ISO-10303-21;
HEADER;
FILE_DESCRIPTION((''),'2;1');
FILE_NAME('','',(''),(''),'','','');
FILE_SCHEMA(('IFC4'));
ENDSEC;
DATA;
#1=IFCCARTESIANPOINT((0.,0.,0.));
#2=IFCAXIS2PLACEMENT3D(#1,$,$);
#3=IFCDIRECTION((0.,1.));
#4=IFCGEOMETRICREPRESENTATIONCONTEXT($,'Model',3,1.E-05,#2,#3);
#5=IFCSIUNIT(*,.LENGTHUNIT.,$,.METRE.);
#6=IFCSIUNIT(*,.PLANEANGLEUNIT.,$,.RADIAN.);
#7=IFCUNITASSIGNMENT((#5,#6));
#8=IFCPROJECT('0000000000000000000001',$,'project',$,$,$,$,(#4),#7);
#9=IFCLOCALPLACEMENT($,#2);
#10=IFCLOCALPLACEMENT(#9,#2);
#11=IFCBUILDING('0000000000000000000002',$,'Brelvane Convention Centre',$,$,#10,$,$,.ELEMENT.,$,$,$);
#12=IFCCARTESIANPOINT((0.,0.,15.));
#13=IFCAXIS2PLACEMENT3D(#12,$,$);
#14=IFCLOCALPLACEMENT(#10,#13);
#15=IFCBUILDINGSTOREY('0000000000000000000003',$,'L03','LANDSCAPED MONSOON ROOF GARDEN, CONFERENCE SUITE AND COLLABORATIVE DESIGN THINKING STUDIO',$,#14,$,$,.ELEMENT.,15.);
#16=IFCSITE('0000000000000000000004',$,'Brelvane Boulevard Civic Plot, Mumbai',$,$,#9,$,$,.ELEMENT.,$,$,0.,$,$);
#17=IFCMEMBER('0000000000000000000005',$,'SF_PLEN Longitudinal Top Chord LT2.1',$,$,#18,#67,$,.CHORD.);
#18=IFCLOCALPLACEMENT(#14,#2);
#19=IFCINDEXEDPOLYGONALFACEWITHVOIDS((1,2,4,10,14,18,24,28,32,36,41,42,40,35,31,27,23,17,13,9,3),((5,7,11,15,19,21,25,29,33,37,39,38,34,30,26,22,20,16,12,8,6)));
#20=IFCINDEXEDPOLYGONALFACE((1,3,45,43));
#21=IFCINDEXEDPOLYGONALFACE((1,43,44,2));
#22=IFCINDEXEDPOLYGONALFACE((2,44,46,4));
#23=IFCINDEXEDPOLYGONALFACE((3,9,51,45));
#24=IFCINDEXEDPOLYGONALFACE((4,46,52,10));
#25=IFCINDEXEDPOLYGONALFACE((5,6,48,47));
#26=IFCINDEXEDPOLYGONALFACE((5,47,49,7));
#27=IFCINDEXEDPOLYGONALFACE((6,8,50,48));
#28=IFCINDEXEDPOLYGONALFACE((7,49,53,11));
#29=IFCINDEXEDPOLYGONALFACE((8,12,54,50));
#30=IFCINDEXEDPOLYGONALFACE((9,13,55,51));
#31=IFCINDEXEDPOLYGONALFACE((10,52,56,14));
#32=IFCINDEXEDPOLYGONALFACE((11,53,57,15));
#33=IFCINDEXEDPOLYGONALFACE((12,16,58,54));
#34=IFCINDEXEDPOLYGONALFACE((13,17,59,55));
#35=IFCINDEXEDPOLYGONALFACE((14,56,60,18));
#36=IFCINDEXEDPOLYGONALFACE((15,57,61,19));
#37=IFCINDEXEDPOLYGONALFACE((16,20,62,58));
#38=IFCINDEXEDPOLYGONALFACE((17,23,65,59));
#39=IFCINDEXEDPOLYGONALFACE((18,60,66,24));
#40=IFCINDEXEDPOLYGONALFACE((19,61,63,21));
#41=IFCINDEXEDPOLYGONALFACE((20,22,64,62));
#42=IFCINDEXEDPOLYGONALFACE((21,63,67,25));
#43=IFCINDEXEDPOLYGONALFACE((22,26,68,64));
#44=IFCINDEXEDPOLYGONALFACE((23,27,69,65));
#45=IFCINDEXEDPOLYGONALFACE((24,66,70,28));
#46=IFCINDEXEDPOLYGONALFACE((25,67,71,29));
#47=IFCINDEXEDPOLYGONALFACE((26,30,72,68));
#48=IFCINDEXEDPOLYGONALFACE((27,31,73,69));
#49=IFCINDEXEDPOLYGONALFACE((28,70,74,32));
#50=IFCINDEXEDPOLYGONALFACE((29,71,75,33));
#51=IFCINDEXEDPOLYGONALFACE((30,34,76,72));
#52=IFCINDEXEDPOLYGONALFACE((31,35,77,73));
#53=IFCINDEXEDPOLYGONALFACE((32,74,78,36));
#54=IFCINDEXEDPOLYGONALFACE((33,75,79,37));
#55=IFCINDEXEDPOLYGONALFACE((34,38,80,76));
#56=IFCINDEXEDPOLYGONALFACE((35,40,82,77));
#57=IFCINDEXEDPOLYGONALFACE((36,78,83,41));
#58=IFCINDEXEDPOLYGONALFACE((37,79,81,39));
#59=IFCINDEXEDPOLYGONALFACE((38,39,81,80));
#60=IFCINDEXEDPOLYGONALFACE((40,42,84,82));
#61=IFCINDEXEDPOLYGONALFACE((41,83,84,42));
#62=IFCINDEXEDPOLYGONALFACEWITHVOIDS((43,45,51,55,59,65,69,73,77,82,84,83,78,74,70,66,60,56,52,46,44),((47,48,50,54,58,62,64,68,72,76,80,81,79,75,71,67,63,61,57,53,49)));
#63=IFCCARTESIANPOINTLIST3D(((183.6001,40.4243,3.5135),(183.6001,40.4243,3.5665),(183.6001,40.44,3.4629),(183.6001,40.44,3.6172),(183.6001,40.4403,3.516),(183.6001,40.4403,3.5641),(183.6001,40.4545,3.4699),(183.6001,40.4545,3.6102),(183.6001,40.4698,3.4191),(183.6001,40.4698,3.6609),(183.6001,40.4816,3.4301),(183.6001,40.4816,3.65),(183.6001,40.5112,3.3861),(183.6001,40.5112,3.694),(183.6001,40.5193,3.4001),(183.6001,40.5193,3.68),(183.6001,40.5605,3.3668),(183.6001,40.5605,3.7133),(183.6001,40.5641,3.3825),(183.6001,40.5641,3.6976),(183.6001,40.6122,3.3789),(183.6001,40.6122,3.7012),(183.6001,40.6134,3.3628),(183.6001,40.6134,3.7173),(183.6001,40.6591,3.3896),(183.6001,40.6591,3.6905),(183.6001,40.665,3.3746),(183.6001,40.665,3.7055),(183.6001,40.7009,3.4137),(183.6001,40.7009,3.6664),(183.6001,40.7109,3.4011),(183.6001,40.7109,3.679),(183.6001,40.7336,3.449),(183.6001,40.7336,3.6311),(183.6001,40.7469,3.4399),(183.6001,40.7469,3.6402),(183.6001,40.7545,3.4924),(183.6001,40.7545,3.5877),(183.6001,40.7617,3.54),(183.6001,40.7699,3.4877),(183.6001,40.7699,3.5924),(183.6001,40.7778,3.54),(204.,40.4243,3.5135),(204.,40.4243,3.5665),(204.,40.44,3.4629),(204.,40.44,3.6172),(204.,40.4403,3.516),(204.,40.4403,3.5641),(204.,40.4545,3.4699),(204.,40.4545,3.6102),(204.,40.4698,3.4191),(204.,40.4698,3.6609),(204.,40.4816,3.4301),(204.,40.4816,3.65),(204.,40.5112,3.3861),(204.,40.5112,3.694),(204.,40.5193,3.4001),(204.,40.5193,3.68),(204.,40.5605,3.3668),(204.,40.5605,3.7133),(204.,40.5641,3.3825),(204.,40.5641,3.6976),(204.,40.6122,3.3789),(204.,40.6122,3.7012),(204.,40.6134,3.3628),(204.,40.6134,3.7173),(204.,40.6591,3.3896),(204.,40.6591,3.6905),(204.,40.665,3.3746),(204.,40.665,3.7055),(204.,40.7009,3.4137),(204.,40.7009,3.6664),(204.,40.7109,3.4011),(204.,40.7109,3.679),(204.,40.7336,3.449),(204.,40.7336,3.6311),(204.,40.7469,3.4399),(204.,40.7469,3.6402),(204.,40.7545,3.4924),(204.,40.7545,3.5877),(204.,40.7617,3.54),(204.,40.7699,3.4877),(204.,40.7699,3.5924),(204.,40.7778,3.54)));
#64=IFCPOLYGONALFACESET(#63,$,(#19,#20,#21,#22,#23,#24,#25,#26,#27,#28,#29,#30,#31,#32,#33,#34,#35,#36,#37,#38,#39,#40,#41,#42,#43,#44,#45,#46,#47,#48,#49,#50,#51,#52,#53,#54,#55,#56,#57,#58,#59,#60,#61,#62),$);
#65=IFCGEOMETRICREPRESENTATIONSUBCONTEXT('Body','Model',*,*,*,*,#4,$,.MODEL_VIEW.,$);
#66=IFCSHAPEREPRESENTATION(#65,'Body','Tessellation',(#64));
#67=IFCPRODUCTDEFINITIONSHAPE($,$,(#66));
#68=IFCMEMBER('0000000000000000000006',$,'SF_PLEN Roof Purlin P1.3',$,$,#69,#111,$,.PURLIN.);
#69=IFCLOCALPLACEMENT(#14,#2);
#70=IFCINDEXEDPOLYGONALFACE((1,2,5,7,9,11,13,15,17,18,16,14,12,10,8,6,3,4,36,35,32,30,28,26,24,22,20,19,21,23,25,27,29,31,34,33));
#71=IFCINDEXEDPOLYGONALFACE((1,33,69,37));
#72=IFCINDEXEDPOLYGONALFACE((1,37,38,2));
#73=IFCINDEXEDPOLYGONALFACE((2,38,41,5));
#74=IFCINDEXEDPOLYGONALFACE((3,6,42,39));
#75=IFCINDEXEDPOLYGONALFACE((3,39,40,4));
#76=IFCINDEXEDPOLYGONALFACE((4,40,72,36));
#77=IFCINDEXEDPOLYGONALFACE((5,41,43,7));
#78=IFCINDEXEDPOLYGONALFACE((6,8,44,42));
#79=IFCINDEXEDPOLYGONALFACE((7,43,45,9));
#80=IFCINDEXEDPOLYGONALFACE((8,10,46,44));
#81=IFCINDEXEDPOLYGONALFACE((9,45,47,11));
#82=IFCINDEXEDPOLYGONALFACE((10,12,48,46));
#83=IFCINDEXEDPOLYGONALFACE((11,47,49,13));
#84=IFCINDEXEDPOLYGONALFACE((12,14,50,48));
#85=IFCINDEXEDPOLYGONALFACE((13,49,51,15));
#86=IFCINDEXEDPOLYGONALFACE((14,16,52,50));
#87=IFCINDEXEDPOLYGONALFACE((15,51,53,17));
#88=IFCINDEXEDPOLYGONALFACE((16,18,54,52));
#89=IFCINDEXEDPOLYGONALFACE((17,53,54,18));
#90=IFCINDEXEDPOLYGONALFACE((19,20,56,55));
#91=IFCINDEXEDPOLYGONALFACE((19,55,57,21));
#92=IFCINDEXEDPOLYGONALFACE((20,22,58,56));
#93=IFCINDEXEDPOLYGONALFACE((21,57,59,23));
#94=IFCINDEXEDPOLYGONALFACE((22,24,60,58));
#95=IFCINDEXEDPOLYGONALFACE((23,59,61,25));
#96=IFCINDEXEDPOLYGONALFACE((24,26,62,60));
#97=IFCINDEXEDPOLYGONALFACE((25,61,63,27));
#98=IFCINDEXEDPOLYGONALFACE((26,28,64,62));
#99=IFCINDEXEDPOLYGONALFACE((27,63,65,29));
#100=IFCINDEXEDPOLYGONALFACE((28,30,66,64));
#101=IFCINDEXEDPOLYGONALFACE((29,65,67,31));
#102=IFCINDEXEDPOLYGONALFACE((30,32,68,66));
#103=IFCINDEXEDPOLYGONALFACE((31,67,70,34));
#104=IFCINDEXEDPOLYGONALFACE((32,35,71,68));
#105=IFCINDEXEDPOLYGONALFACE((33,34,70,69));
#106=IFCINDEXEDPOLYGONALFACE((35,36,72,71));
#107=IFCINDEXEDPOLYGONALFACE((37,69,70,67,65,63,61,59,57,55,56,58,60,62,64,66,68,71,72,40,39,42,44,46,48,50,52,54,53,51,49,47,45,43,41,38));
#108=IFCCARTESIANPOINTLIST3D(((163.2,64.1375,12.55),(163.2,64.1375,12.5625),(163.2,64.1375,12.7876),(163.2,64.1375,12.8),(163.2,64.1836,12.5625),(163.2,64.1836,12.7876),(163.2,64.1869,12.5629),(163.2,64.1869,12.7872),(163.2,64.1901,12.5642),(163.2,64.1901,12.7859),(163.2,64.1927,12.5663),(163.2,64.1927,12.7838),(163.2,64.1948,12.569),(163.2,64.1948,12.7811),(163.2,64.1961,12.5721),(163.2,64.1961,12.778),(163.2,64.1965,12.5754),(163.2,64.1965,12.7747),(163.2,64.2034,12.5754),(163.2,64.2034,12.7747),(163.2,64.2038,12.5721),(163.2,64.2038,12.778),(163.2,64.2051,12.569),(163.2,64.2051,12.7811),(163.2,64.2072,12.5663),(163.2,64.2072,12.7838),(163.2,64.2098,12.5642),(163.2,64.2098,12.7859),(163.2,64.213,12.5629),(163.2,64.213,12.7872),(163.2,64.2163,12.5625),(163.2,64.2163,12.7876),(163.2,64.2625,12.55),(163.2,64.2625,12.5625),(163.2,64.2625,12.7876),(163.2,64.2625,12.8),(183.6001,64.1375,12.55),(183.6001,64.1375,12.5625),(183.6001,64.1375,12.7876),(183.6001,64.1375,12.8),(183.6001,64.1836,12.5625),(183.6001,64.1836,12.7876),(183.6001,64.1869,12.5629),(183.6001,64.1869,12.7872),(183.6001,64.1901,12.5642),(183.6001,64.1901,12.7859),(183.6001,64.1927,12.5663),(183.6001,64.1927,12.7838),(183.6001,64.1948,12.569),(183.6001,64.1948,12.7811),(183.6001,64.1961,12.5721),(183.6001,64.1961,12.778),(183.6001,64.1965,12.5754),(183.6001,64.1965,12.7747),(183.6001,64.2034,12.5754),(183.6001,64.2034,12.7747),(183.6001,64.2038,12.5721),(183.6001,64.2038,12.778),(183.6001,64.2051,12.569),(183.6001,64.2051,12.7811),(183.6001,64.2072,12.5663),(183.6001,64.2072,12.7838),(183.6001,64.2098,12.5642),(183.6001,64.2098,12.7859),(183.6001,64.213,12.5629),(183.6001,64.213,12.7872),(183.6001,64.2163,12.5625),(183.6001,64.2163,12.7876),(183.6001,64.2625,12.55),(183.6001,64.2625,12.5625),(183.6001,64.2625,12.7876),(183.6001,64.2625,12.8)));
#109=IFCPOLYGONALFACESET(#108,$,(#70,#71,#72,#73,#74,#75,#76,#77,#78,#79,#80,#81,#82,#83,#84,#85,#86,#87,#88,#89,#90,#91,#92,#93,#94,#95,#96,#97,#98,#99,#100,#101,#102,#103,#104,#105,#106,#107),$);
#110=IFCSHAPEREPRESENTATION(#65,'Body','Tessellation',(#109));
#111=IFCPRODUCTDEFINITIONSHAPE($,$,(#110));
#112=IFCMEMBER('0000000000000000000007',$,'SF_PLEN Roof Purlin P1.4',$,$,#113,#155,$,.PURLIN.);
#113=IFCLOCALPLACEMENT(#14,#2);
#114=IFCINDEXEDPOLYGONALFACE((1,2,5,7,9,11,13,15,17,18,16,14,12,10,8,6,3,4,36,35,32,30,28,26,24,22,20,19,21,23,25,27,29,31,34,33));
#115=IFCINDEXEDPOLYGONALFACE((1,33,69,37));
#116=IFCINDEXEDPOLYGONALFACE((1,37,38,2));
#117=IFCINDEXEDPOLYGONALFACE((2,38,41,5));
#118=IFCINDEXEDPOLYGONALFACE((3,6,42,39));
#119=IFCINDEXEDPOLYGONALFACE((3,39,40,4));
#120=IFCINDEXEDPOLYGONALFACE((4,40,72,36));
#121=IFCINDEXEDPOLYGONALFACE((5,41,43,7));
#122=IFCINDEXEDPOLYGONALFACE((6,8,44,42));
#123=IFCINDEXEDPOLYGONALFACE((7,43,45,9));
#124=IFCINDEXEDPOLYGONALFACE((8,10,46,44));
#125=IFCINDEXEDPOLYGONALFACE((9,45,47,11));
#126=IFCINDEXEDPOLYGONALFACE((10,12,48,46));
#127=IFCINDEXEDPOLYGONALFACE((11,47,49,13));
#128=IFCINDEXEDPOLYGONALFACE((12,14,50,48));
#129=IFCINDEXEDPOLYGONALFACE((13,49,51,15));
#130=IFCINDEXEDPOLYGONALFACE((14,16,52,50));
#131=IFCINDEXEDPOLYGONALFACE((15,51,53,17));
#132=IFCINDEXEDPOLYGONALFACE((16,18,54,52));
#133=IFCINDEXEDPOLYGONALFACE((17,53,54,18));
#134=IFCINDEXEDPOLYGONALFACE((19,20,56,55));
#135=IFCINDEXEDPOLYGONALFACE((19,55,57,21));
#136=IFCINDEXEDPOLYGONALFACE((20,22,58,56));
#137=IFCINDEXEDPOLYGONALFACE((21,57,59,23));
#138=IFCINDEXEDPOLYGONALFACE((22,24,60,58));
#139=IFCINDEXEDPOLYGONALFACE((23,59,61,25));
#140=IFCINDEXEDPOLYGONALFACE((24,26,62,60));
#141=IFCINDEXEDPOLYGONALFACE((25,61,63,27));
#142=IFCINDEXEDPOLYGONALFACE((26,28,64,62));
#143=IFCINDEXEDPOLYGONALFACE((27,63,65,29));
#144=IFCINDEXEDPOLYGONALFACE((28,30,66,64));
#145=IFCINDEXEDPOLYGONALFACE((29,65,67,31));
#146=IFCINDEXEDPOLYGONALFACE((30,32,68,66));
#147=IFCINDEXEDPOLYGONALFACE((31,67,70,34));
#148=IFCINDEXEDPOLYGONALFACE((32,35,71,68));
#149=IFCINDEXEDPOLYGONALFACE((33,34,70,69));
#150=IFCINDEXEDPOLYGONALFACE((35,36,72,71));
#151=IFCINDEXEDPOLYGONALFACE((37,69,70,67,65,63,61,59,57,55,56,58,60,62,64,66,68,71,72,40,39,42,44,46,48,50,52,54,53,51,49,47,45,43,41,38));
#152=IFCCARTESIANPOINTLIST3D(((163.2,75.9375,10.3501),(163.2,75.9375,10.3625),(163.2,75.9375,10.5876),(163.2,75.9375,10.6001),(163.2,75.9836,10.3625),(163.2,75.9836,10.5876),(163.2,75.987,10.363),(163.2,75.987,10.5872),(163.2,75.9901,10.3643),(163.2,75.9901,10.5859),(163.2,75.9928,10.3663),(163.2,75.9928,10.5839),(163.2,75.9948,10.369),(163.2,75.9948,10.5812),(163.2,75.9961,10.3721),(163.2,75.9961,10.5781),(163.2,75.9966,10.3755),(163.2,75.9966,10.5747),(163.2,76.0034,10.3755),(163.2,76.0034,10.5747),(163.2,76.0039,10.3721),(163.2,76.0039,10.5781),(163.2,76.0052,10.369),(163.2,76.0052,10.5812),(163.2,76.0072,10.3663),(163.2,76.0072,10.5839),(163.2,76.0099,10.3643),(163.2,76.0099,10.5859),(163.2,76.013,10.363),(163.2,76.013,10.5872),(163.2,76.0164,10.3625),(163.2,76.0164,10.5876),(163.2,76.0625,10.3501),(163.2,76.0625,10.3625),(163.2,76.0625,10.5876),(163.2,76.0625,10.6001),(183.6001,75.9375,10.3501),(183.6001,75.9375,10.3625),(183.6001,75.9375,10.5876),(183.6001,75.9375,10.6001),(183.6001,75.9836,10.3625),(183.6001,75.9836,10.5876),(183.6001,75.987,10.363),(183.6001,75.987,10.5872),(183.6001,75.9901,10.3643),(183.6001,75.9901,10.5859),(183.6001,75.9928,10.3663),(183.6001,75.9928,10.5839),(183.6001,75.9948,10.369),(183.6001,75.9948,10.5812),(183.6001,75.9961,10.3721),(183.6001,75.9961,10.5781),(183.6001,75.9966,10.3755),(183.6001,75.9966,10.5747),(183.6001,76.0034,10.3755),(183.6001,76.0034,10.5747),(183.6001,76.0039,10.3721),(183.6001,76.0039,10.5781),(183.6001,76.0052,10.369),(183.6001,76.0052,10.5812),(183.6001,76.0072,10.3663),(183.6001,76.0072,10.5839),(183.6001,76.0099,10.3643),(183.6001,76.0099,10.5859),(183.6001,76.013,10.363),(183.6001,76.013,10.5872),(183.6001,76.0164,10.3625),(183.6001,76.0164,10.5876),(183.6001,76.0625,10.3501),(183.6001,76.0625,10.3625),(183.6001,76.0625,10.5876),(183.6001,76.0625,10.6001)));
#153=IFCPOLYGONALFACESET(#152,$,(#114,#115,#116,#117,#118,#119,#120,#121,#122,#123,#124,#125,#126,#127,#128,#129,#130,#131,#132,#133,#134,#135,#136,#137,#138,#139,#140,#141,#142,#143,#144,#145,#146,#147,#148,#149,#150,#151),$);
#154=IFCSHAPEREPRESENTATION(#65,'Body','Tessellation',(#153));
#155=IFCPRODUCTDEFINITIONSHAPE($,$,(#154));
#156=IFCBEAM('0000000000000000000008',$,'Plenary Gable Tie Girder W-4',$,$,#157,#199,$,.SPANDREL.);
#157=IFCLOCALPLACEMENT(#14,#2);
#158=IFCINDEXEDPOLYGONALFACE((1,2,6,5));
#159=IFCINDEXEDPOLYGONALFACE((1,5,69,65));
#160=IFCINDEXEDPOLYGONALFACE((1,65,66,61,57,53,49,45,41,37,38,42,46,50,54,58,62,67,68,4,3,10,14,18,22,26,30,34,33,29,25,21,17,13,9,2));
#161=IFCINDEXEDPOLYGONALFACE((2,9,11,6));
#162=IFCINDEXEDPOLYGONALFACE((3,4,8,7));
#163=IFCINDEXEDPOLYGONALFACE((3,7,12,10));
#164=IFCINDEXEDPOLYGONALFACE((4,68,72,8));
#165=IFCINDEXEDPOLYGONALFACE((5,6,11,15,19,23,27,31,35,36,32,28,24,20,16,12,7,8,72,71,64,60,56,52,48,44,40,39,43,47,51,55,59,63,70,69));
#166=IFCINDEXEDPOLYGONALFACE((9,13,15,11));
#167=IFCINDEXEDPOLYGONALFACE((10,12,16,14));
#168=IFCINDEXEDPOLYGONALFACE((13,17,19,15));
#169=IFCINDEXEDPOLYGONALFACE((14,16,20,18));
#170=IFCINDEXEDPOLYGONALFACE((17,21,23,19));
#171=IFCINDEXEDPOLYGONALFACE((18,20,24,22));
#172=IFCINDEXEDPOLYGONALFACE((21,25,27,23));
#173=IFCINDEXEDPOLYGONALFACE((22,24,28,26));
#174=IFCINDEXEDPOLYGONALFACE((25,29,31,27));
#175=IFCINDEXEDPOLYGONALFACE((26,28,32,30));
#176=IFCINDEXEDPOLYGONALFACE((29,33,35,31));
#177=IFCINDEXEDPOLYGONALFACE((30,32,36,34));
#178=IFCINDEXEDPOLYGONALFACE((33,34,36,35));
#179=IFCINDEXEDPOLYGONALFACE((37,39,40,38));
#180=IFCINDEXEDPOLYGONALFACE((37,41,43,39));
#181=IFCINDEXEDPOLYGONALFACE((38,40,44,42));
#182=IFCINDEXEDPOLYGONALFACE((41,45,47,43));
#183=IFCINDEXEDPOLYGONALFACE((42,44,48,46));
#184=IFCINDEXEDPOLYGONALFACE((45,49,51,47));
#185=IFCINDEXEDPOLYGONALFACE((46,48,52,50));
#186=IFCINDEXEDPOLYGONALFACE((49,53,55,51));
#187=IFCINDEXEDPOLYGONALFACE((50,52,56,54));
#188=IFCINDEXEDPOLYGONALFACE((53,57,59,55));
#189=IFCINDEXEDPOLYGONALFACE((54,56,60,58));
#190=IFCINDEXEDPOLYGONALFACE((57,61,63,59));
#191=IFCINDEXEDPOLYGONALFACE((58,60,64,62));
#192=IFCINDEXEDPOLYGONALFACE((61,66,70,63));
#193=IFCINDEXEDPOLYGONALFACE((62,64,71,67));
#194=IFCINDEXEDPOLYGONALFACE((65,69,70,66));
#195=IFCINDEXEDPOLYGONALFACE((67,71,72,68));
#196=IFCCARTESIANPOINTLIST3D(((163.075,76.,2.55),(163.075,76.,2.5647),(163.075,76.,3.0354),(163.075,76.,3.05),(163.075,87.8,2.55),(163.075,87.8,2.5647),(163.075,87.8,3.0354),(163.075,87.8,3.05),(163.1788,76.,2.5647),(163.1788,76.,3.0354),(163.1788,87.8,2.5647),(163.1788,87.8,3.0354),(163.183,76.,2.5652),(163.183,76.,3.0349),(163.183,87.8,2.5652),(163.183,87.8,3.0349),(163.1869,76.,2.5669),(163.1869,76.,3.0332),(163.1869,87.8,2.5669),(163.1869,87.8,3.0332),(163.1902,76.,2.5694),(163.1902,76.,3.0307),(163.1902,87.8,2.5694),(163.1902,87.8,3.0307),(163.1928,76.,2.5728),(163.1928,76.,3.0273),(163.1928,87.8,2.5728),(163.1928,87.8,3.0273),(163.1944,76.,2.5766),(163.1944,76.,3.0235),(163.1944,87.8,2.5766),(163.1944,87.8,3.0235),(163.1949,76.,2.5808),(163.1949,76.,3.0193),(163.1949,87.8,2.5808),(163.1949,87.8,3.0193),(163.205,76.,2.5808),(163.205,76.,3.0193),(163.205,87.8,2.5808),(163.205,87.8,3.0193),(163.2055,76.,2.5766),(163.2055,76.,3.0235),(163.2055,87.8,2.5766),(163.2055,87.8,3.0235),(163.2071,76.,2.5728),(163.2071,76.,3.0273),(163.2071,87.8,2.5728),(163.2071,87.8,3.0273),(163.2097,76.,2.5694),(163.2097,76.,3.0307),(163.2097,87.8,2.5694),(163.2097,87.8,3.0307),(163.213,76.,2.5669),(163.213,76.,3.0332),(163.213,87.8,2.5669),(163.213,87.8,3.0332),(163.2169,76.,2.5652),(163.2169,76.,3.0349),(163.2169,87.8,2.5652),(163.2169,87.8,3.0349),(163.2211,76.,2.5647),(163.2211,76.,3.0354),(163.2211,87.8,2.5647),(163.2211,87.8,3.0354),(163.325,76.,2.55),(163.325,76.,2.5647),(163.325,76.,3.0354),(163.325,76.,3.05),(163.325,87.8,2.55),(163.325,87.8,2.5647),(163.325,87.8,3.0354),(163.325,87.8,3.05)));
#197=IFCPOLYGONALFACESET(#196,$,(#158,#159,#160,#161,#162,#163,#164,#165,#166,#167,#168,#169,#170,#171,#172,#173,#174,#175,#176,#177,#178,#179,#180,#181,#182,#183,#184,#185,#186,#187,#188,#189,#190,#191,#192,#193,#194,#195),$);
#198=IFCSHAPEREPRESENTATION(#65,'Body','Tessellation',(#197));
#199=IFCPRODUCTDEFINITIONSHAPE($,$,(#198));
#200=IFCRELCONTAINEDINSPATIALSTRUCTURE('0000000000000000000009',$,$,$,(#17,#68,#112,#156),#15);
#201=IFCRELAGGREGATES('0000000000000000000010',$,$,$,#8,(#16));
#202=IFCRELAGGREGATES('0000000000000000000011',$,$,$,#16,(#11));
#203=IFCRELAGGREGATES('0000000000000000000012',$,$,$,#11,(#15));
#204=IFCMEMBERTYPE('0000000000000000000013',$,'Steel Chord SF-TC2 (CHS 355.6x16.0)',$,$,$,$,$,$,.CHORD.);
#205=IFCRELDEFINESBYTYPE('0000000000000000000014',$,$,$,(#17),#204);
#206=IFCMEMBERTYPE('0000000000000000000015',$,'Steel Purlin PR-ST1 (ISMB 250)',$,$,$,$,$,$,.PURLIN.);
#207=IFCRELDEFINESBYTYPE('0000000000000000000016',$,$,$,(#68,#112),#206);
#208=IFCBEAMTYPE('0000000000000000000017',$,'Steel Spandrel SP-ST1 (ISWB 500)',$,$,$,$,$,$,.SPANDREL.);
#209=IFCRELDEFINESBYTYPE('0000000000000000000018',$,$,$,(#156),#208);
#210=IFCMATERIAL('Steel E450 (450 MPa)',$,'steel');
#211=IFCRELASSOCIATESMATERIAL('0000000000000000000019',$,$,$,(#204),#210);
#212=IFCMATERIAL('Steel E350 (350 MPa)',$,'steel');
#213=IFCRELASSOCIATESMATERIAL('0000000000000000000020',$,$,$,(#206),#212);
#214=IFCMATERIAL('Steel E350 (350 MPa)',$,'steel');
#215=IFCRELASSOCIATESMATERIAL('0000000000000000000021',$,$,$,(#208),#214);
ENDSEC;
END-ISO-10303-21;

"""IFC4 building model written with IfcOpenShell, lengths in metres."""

from ifc_helpers import new_model, si_unit, direction, frame, origin, origin_2d, place, context, subcontext, project, spatial, hollow_circle, i_section, extrude, material, material_profile, profile_set, type_object, element, save


model = new_model("IFC4")

# Units and contexts
model_context = context("Model", 3, precision=1e-05, world=origin(), true_north=direction((0.0, 1.0)))
body_context = subcontext(model_context, "Body", "Model", "MODEL_VIEW")
ifc_project = project(units=[si_unit("LENGTHUNIT", "METRE"), si_unit("PLANEANGLEUNIT", "RADIAN")], contexts=[model_context])

# Site, building, storey
site_placement = place(None, origin())
site = spatial("IfcSite", under=ifc_project, at=site_placement, Name="Brelvane Boulevard Civic Plot, Mumbai", CompositionType="ELEMENT", RefElevation=0.0)
building_placement = place(site_placement, origin())
building = spatial("IfcBuilding", under=site, at=building_placement, Name="Brelvane Convention Centre", CompositionType="ELEMENT")
storey_placement = place(building_placement, frame((0.0, 0.0, 15.0)))
storey = spatial("IfcBuildingStorey", under=building, at=storey_placement, Name="L03", Description="LANDSCAPED MONSOON ROOF GARDEN, CONFERENCE SUITE AND COLLABORATIVE DESIGN THINKING STUDIO", CompositionType="ELEMENT", Elevation=15.0)

# Members
ifc_material_1 = material(Name="Steel E450 (450 MPa)", Category="steel")
ifc_material_profile_1 = material_profile(ifc_material_1, hollow_circle(Radius=0.1777, WallThickness=0.0161, at=origin_2d()), Name="CHS 355.6x16.0")
ifc_profile_set_1 = profile_set([ifc_material_profile_1], Name="Steel E450 (450 MPa)")
member_type_1 = type_object("IfcMemberType", Name="Steel Chord SF-TC2 (CHS 355.6x16.0)", PredefinedType="CHORD", material=ifc_profile_set_1)
member_1_placement = place(storey_placement, frame((183.6001, 40.6001, 3.54), z_axis=(1.0, 0.0, 0.0), x_axis=(0.0, 1.0, 0.0)))
element("IfcMember", 1, at=member_1_placement, inside=storey, type_object=member_type_1, Name="SF_PLEN Longitudinal Top Chord LT2.1", PredefinedType="CHORD", context=body_context, shape_type="SweptSolid", body=[
    extrude(hollow_circle(Radius=0.1777, WallThickness=0.0161, at=origin_2d()), origin(), (0.0, 0.0, 1.0), 20.3999),
])
ifc_material_2 = material(Name="Steel E350 (350 MPa)", Category="steel")
ifc_material_profile_2 = material_profile(ifc_material_2, i_section(OverallWidth=0.125, OverallDepth=0.25, WebThickness=0.0068, FlangeThickness=0.0125, FilletRadius=0.0129, at=origin_2d()), Name="ISMB 250")
ifc_profile_set_2 = profile_set([ifc_material_profile_2], Name="Steel E350 (350 MPa)")
member_type_2 = type_object("IfcMemberType", Name="Steel Purlin PR-ST1 (ISMB 250)", PredefinedType="PURLIN", material=ifc_profile_set_2)
for number, where, z_axis, x_axis, name in (
    (2, (163.2, 64.2, 12.675), (1.0, 0.0, 0.0), (0.0, 1.0, 0.0), "SF_PLEN Roof Purlin P1.3"),
    (3, (163.2, 76.0, 10.4751), (1.0, 0.0, 0.0), (0.0, 1.0, 0.0), "SF_PLEN Roof Purlin P1.4"),
):
    element("IfcMember", number, at=place(storey_placement, frame(where, z_axis=z_axis, x_axis=x_axis)), inside=storey, type_object=member_type_2, Name=name, PredefinedType="PURLIN", context=body_context, shape_type="SweptSolid", body=[
        extrude(i_section(OverallWidth=0.125, OverallDepth=0.25, WebThickness=0.0068, FlangeThickness=0.0125, FilletRadius=0.0129, at=origin_2d()), origin(), (0.0, 0.0, 1.0), 20.4001),
    ])

# Beam
ifc_material_3 = material(Name="Steel E350 (350 MPa)", Category="steel")
ifc_material_profile_3 = material_profile(ifc_material_3, i_section(OverallWidth=0.25, OverallDepth=0.5, WebThickness=0.01, FlangeThickness=0.0146, FilletRadius=0.0161, at=origin_2d()), Name="ISWB 500")
ifc_profile_set_3 = profile_set([ifc_material_profile_3], Name="Steel E350 (350 MPa)")
beam_type_1 = type_object("IfcBeamType", Name="Steel Spandrel SP-ST1 (ISWB 500)", PredefinedType="SPANDREL", material=ifc_profile_set_3)
beam_1_placement = place(storey_placement, frame((163.2, 76.0, 2.8), z_axis=(0.0, 1.0, 0.0), x_axis=(-1.0, 0.0, 0.0)))
element("IfcBeam", 4, at=beam_1_placement, inside=storey, type_object=beam_type_1, Name="Plenary Gable Tie Girder W-4", PredefinedType="SPANDREL", context=body_context, shape_type="SweptSolid", body=[
    extrude(i_section(OverallWidth=0.25, OverallDepth=0.5, WebThickness=0.01, FlangeThickness=0.0146, FilletRadius=0.0161, at=origin_2d()), origin(), (0.0, 0.0, 1.0), 11.8),
])

save(model, "model.ifc")
